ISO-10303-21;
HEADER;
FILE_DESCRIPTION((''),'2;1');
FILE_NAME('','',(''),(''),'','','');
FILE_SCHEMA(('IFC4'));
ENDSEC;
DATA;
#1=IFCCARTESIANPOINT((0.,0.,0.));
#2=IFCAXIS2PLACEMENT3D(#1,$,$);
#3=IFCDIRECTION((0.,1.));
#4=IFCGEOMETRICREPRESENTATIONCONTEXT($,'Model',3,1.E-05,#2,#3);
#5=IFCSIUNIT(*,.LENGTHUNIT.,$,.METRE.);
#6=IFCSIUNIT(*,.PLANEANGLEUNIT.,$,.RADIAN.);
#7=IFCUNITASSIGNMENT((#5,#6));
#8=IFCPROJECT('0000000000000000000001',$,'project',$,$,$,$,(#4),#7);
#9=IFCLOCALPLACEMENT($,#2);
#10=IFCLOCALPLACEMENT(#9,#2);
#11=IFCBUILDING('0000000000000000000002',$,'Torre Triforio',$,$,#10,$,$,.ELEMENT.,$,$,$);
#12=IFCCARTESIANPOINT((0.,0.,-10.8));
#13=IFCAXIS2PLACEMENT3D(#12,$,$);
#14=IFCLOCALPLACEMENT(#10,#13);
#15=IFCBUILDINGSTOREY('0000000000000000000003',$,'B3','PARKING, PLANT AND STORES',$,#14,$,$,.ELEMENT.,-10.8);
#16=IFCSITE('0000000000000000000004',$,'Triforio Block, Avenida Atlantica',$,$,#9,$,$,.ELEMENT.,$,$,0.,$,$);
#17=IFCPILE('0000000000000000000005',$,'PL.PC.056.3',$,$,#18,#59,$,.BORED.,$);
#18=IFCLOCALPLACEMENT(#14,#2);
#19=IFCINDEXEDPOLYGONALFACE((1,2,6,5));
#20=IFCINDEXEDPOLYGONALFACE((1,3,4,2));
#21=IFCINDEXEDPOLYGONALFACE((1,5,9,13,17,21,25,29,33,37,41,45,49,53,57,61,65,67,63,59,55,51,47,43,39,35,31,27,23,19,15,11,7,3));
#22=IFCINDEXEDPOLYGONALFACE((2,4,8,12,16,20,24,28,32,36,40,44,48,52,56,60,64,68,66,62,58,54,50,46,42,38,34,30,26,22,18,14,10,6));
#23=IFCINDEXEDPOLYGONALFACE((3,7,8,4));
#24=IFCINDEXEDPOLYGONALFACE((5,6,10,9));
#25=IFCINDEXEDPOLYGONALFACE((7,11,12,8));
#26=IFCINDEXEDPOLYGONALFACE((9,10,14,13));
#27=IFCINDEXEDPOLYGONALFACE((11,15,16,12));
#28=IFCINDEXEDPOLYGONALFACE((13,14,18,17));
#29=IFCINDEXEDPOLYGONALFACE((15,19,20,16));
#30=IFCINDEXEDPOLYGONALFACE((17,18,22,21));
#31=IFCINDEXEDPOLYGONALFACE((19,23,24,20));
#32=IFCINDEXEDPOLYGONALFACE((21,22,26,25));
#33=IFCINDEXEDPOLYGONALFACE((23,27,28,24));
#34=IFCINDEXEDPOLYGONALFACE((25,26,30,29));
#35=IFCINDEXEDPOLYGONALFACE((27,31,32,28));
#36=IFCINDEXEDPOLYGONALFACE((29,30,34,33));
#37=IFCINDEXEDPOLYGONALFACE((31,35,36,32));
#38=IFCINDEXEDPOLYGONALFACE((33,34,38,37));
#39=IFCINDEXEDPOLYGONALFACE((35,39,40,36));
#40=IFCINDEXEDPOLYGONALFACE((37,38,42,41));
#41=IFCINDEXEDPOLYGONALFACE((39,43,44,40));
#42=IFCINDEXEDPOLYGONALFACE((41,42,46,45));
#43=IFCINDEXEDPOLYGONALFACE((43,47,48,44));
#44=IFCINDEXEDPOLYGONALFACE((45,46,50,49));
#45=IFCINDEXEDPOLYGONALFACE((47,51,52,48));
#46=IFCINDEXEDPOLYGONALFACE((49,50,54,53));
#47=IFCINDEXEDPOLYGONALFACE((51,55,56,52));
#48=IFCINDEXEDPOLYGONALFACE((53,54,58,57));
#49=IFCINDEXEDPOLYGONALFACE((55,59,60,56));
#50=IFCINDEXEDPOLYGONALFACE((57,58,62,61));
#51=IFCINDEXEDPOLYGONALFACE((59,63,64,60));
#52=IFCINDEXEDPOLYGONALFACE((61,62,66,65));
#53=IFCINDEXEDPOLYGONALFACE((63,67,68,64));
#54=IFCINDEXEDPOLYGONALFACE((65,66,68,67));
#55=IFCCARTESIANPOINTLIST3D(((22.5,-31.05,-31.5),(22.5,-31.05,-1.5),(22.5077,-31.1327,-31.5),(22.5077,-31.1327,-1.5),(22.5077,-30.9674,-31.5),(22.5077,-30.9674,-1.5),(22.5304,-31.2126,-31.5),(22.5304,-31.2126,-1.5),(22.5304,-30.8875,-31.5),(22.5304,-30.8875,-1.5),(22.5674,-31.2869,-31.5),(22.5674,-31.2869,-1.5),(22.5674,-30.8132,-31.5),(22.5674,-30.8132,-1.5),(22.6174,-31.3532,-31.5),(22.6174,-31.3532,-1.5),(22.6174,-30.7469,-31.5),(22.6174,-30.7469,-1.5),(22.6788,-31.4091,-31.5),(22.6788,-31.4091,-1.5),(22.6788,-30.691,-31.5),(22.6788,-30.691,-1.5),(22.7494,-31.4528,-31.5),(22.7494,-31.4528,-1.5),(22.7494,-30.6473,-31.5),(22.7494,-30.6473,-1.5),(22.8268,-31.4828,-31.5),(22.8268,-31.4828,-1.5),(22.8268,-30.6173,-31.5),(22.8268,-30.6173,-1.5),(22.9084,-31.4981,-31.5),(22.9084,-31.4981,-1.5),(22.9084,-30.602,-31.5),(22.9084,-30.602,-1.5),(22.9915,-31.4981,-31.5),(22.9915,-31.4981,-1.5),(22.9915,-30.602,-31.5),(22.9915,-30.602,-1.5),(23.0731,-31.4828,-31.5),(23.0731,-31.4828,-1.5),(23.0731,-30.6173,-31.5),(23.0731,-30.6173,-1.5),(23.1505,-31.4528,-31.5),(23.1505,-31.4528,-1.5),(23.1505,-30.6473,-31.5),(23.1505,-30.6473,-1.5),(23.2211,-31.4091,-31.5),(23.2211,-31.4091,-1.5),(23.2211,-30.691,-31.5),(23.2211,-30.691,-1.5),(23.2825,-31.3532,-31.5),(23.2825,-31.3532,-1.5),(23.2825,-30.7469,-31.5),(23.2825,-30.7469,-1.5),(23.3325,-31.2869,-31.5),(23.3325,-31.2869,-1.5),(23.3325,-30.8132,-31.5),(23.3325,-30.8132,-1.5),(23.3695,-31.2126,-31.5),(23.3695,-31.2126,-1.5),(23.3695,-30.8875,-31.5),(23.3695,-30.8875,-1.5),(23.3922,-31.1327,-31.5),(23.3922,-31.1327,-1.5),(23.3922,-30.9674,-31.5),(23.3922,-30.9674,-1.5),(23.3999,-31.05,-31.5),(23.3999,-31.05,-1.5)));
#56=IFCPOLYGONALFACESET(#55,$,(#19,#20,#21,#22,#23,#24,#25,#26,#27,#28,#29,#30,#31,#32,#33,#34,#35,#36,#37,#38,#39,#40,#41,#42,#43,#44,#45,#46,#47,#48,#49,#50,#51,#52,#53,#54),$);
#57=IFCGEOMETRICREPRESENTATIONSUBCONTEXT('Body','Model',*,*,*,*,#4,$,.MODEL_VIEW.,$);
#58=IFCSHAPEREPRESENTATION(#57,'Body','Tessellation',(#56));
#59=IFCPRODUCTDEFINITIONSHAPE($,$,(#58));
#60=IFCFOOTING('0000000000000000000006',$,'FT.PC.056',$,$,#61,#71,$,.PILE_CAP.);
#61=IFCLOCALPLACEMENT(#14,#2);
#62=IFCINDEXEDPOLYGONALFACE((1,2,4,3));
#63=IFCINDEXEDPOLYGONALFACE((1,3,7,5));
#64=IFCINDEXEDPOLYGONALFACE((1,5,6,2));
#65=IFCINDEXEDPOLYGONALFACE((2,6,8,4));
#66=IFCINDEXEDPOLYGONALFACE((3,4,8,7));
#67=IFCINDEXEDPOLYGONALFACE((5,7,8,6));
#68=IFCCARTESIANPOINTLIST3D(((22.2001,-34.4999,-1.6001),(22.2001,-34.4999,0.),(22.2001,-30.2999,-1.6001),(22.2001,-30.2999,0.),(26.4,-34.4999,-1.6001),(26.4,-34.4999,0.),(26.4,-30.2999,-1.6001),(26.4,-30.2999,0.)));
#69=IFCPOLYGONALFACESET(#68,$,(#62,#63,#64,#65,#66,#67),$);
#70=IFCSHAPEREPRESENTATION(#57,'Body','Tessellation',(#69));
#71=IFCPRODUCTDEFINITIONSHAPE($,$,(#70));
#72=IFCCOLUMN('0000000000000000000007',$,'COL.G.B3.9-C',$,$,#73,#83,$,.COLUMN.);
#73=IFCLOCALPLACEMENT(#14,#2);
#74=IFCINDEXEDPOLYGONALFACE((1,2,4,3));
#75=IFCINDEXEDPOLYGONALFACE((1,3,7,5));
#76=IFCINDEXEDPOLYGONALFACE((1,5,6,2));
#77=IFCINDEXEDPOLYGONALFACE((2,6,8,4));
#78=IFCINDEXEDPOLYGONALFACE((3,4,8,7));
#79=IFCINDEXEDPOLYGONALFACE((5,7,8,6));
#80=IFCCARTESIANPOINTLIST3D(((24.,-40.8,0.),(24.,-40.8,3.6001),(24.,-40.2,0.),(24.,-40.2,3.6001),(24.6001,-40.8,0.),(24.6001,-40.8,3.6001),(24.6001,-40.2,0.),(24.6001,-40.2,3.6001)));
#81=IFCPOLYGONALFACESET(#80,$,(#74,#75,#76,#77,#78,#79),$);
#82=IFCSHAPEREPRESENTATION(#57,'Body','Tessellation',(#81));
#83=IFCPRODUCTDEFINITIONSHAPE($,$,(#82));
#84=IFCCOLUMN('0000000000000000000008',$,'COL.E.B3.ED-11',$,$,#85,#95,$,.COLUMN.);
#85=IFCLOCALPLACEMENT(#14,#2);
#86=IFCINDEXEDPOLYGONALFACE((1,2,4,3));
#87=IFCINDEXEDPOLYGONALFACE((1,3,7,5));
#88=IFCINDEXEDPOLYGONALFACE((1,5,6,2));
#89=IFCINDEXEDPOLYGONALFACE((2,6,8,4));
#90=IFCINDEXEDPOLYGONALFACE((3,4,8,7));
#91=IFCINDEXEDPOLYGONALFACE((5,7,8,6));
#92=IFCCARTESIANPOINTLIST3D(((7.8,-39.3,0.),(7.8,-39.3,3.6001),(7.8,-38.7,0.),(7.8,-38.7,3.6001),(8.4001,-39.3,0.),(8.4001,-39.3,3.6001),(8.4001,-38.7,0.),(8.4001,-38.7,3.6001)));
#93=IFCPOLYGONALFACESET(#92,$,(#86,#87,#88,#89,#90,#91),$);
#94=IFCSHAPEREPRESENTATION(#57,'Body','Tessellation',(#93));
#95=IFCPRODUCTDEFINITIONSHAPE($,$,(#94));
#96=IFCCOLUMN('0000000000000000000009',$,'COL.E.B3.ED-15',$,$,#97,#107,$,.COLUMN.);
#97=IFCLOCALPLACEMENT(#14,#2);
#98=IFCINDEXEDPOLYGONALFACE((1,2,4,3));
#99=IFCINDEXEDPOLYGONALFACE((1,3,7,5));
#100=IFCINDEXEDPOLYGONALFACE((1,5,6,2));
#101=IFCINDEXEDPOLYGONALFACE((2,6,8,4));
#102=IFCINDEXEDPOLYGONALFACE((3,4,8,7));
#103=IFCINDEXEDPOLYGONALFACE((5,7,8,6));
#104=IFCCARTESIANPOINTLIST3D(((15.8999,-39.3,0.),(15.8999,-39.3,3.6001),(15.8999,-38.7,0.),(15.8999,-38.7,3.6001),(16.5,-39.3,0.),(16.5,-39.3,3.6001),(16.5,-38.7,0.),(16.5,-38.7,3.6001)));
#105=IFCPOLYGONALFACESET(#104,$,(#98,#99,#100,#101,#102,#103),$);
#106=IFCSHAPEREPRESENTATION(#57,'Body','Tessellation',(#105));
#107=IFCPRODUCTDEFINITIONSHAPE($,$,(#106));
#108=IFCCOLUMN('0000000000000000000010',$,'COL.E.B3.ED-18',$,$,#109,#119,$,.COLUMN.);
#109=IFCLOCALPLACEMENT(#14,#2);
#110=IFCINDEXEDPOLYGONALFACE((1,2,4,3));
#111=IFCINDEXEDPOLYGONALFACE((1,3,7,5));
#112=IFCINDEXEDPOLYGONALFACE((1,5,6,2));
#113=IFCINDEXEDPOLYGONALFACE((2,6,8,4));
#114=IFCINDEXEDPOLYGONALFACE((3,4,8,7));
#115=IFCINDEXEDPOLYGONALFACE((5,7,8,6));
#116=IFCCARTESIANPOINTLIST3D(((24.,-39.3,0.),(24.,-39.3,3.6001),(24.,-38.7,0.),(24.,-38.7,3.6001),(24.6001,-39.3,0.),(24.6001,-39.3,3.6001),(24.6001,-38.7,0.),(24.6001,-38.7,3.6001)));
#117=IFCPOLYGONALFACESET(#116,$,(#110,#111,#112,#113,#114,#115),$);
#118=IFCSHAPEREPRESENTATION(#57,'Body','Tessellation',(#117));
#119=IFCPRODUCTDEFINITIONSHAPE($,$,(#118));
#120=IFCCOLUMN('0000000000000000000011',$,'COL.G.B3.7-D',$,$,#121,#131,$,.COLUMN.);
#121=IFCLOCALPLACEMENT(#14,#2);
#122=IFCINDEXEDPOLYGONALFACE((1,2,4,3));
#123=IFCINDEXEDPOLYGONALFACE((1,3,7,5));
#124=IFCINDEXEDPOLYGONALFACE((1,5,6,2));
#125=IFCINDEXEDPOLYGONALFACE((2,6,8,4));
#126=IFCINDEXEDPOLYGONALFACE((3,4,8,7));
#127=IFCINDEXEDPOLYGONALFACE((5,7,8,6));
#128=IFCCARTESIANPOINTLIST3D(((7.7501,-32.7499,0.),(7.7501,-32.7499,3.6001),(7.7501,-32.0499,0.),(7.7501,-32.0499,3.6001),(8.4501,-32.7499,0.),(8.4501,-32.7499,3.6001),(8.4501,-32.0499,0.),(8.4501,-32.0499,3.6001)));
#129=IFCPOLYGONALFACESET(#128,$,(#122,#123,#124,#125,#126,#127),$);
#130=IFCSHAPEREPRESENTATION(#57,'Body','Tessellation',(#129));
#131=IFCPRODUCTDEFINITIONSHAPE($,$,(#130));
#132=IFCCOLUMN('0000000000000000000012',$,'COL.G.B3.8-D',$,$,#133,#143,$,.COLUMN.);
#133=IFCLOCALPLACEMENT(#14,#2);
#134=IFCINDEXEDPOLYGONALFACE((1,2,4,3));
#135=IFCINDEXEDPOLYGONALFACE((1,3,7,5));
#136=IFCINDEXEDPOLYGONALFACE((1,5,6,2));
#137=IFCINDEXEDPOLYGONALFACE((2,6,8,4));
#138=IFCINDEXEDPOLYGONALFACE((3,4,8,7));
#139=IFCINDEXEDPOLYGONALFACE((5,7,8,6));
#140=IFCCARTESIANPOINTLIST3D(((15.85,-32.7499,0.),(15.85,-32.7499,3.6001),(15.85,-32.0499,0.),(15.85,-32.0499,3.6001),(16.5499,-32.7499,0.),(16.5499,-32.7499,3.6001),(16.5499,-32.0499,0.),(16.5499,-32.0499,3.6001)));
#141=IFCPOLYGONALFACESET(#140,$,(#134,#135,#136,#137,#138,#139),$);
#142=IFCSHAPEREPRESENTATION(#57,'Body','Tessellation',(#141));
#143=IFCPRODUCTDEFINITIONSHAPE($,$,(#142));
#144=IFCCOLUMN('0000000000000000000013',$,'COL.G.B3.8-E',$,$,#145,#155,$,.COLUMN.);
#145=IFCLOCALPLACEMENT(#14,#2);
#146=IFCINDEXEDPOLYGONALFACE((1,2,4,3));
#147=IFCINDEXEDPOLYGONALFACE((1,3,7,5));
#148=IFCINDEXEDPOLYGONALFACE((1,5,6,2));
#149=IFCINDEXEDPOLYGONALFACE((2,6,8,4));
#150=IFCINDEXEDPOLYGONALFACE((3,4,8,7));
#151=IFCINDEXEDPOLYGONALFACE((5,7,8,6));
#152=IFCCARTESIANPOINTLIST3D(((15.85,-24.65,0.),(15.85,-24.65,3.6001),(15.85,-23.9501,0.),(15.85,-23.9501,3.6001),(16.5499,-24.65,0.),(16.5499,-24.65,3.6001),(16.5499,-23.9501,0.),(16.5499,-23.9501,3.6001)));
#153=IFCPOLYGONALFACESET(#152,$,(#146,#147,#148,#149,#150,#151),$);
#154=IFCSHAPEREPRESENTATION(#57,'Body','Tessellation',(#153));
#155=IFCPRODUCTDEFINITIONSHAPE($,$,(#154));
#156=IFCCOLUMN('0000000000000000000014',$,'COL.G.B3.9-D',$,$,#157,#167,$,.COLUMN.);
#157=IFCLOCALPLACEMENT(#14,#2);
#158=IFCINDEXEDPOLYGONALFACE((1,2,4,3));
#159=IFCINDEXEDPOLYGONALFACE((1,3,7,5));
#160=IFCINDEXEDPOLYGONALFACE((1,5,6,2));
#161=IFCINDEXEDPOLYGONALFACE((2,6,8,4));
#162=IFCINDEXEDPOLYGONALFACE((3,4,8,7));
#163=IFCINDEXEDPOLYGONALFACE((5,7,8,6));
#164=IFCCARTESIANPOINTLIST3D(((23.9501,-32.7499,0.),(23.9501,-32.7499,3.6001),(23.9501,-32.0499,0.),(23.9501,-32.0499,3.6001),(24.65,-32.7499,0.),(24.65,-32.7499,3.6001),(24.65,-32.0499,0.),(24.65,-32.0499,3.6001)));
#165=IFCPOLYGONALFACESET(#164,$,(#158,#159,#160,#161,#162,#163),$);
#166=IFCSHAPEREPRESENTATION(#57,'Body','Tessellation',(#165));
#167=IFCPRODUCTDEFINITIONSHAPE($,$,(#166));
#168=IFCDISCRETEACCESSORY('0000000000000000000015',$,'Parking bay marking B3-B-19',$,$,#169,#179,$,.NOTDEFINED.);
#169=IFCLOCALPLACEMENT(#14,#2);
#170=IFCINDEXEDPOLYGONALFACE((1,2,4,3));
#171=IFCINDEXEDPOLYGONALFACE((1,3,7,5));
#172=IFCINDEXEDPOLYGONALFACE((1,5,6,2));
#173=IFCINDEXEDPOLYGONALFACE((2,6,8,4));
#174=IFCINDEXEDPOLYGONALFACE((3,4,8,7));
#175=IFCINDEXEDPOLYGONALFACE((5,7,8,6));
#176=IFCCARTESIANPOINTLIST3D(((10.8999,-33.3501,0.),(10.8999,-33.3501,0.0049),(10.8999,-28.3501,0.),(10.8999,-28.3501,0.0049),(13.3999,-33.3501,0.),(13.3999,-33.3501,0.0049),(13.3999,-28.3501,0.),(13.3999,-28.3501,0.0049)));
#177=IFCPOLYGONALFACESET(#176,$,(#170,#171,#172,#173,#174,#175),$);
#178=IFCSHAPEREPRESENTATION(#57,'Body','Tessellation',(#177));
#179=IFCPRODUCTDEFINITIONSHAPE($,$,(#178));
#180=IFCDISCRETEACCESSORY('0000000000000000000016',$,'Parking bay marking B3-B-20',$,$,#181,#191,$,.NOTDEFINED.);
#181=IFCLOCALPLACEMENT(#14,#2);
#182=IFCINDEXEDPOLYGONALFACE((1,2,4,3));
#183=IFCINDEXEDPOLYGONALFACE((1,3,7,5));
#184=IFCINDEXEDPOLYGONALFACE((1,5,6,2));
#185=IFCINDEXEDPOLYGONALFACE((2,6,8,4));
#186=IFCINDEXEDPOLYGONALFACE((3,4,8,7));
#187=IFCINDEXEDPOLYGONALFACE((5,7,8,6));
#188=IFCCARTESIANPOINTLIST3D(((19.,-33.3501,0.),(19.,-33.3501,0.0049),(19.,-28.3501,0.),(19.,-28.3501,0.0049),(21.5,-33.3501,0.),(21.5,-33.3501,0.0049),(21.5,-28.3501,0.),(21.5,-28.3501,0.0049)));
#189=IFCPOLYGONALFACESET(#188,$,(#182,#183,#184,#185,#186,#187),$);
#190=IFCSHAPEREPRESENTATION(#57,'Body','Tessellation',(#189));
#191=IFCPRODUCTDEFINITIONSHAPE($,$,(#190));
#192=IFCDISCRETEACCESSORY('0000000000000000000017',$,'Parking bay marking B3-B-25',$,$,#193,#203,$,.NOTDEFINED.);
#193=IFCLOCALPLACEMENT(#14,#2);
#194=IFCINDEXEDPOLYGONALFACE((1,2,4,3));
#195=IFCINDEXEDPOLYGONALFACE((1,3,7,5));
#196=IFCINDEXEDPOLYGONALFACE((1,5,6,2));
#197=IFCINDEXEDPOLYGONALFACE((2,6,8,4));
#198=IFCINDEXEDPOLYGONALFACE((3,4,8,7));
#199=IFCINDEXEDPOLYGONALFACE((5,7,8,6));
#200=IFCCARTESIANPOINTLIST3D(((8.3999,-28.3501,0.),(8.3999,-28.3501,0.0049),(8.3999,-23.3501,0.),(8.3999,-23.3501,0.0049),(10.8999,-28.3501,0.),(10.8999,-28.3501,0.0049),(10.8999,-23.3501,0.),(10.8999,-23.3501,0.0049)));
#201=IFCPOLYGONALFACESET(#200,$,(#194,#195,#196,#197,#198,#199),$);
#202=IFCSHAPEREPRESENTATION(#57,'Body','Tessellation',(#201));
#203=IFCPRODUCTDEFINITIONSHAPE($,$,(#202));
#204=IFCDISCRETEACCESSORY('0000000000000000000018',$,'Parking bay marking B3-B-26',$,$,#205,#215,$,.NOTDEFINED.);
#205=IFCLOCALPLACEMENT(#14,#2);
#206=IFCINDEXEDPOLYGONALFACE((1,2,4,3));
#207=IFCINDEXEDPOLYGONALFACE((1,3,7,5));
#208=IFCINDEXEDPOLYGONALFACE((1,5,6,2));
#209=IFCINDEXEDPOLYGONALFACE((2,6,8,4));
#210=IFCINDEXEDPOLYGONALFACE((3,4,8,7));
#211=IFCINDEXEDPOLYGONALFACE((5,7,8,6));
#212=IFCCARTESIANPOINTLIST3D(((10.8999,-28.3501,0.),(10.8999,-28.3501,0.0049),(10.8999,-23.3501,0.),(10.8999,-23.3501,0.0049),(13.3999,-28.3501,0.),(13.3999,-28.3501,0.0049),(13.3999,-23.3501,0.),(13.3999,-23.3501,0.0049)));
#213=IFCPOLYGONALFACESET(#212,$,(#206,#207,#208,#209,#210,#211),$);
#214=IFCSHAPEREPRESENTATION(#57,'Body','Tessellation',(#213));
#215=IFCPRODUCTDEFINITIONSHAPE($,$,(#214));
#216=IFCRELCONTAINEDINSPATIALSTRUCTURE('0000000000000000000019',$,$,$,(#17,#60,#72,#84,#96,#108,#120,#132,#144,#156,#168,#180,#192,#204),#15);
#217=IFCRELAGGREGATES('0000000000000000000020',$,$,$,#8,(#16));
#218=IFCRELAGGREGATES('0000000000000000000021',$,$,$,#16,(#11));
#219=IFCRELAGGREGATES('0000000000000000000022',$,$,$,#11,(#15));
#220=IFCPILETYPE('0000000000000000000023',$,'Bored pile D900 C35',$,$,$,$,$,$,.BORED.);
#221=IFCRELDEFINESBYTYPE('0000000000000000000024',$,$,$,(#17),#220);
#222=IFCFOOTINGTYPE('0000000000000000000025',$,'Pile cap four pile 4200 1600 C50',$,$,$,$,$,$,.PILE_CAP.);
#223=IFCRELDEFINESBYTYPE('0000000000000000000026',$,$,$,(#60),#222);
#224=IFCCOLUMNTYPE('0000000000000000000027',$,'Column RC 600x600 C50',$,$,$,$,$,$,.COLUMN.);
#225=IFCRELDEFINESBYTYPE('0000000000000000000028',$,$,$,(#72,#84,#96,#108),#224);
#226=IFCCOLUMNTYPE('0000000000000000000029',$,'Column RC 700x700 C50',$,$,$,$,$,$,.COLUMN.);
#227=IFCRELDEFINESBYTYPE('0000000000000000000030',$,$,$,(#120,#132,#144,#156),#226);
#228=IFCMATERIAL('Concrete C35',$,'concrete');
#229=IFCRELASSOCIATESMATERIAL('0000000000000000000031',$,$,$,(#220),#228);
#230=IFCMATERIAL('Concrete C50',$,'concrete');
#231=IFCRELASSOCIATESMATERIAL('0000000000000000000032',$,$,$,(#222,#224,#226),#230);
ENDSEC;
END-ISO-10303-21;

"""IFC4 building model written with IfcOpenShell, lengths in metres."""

from ifc_helpers import new_model, si_unit, direction, frame, origin, origin_2d, place, context, subcontext, project, spatial, rectangle, circle, extrude, material, material_profile, profile_set, type_object, element, save


model = new_model("IFC4")

# Units and contexts
model_context = context("Model", 3, precision=1e-05, world=origin(), true_north=direction((0.0, 1.0)))
body_context = subcontext(model_context, "Body", "Model", "MODEL_VIEW")
ifc_project = project(units=[si_unit("LENGTHUNIT", "METRE"), si_unit("PLANEANGLEUNIT", "RADIAN")], contexts=[model_context])

# Site, building, storey
site_placement = place(None, origin())
site = spatial("IfcSite", under=ifc_project, at=site_placement, Name="Triforio Block, Avenida Atlantica", CompositionType="ELEMENT", RefElevation=0.0)
building_placement = place(site_placement, origin())
building = spatial("IfcBuilding", under=site, at=building_placement, Name="Torre Triforio", CompositionType="ELEMENT")
storey_placement = place(building_placement, frame((0.0, 0.0, -10.8)))
storey = spatial("IfcBuildingStorey", under=building, at=storey_placement, Name="B3", Description="PARKING, PLANT AND STORES", CompositionType="ELEMENT", Elevation=-10.8)

# Pile
ifc_material_1 = material(Name="Concrete C35", Category="concrete")
ifc_material_profile_1 = material_profile(ifc_material_1, circle(Radius=0.45, at=origin_2d()), Name="RC D900")
ifc_profile_set_1 = profile_set([ifc_material_profile_1], Name="Concrete C35")
pile_type = type_object("IfcPileType", Name="Bored pile D900 C35", PredefinedType="BORED", material=ifc_profile_set_1)
for number, where, z_axis, x_axis, name in (
    (1, (22.95, -31.05, -1.5), (0.0, 0.0, -1.0), (1.0, 0.0, 0.0), "PL.PC.056.3"),
):
    element("IfcPile", number, at=place(storey_placement, frame(where, z_axis=z_axis, x_axis=x_axis)), inside=storey, type_object=pile_type, Name=name, PredefinedType="BORED", context=body_context, shape_type="SweptSolid", body=[
        extrude(circle(Radius=0.45, at=origin_2d()), origin(), (0.0, 0.0, 1.0), 30.0),
    ])

# Footing
ifc_material_2 = material(Name="Concrete C50", Category="concrete")
footing_type = type_object("IfcFootingType", Name="Pile cap four pile 4200 1600 C50", PredefinedType="PILE_CAP", material=ifc_material_2)
footing_placement = place(storey_placement, frame((24.3, -32.3999, -1.6001), z_axis=(0.0, 0.0, 1.0), x_axis=(1.0, 0.0, 0.0)))
element("IfcFooting", 2, at=footing_placement, inside=storey, type_object=footing_type, Name="FT.PC.056", PredefinedType="PILE_CAP", context=body_context, shape_type="SweptSolid", body=[
    extrude(rectangle(XDim=4.2, YDim=4.2, at=origin_2d()), origin(), (0.0, 0.0, 1.0), 1.6001),
])

# Columns
ifc_material_profile_2 = material_profile(ifc_material_2, rectangle(XDim=0.6001, YDim=0.6001, at=origin_2d()), Name="RC 600x600")
ifc_profile_set_2 = profile_set([ifc_material_profile_2], Name="Concrete C50")
column_type_1 = type_object("IfcColumnType", Name="Column RC 600x600 C50", PredefinedType="COLUMN", material=ifc_profile_set_2)
for number, where, z_axis, x_axis, name in (
    (3, (24.3, -40.5, 0.0), (0.0, 0.0, 1.0), (1.0, 0.0, 0.0), "COL.G.B3.9-C"),
    (4, (8.1001, -39.0, 0.0), (0.0, 0.0, 1.0), (1.0, 0.0, 0.0), "COL.E.B3.ED-11"),
    (5, (16.2, -39.0, 0.0), (0.0, 0.0, 1.0), (1.0, 0.0, 0.0), "COL.E.B3.ED-15"),
    (6, (24.3, -39.0, 0.0), (0.0, 0.0, 1.0), (1.0, 0.0, 0.0), "COL.E.B3.ED-18"),
):
    element("IfcColumn", number, at=place(storey_placement, frame(where, z_axis=z_axis, x_axis=x_axis)), inside=storey, type_object=column_type_1, Name=name, PredefinedType="COLUMN", context=body_context, shape_type="SweptSolid", body=[
        extrude(rectangle(XDim=0.6001, YDim=0.6001, at=origin_2d()), origin(), (0.0, 0.0, 1.0), 3.6001),
    ])
ifc_material_profile_3 = material_profile(ifc_material_2, rectangle(XDim=0.7, YDim=0.7, at=origin_2d()), Name="RC 700x700")
ifc_profile_set_3 = profile_set([ifc_material_profile_3], Name="Concrete C50")
column_type_2 = type_object("IfcColumnType", Name="Column RC 700x700 C50", PredefinedType="COLUMN", material=ifc_profile_set_3)
for number, where, z_axis, x_axis, name in (
    (7, (8.1001, -32.3999, 0.0), (0.0, 0.0, 1.0), (1.0, 0.0, 0.0), "COL.G.B3.7-D"),
    (8, (16.2, -32.3999, 0.0), (0.0, 0.0, 1.0), (1.0, 0.0, 0.0), "COL.G.B3.8-D"),
    (9, (16.2, -24.3, 0.0), (0.0, 0.0, 1.0), (1.0, 0.0, 0.0), "COL.G.B3.8-E"),
    (10, (24.3, -32.3999, 0.0), (0.0, 0.0, 1.0), (1.0, 0.0, 0.0), "COL.G.B3.9-D"),
):
    element("IfcColumn", number, at=place(storey_placement, frame(where, z_axis=z_axis, x_axis=x_axis)), inside=storey, type_object=column_type_2, Name=name, PredefinedType="COLUMN", context=body_context, shape_type="SweptSolid", body=[
        extrude(rectangle(XDim=0.7, YDim=0.7, at=origin_2d()), origin(), (0.0, 0.0, 1.0), 3.6001),
    ])

# Discrete accessories
for number, where, z_axis, x_axis, name in (
    (11, (12.1499, -30.8501, 0.0), (0.0, 0.0, 1.0), (1.0, 0.0, 0.0), "Parking bay marking B3-B-19"),
    (12, (20.25, -30.8501, 0.0), (0.0, 0.0, 1.0), (1.0, 0.0, 0.0), "Parking bay marking B3-B-20"),
    (13, (9.6499, -25.8501, 0.0), (0.0, 0.0, 1.0), (1.0, 0.0, 0.0), "Parking bay marking B3-B-25"),
    (14, (12.1499, -25.8501, 0.0), (0.0, 0.0, 1.0), (1.0, 0.0, 0.0), "Parking bay marking B3-B-26"),
):
    element("IfcDiscreteAccessory", number, at=place(storey_placement, frame(where, z_axis=z_axis, x_axis=x_axis)), inside=storey, Name=name, PredefinedType="NOTDEFINED", context=body_context, shape_type="SweptSolid", body=[
        extrude(rectangle(XDim=2.5, YDim=5.0, at=origin_2d()), origin(), (0.0, 0.0, 1.0), 0.0049),
    ])

save(model, "model.ifc")
